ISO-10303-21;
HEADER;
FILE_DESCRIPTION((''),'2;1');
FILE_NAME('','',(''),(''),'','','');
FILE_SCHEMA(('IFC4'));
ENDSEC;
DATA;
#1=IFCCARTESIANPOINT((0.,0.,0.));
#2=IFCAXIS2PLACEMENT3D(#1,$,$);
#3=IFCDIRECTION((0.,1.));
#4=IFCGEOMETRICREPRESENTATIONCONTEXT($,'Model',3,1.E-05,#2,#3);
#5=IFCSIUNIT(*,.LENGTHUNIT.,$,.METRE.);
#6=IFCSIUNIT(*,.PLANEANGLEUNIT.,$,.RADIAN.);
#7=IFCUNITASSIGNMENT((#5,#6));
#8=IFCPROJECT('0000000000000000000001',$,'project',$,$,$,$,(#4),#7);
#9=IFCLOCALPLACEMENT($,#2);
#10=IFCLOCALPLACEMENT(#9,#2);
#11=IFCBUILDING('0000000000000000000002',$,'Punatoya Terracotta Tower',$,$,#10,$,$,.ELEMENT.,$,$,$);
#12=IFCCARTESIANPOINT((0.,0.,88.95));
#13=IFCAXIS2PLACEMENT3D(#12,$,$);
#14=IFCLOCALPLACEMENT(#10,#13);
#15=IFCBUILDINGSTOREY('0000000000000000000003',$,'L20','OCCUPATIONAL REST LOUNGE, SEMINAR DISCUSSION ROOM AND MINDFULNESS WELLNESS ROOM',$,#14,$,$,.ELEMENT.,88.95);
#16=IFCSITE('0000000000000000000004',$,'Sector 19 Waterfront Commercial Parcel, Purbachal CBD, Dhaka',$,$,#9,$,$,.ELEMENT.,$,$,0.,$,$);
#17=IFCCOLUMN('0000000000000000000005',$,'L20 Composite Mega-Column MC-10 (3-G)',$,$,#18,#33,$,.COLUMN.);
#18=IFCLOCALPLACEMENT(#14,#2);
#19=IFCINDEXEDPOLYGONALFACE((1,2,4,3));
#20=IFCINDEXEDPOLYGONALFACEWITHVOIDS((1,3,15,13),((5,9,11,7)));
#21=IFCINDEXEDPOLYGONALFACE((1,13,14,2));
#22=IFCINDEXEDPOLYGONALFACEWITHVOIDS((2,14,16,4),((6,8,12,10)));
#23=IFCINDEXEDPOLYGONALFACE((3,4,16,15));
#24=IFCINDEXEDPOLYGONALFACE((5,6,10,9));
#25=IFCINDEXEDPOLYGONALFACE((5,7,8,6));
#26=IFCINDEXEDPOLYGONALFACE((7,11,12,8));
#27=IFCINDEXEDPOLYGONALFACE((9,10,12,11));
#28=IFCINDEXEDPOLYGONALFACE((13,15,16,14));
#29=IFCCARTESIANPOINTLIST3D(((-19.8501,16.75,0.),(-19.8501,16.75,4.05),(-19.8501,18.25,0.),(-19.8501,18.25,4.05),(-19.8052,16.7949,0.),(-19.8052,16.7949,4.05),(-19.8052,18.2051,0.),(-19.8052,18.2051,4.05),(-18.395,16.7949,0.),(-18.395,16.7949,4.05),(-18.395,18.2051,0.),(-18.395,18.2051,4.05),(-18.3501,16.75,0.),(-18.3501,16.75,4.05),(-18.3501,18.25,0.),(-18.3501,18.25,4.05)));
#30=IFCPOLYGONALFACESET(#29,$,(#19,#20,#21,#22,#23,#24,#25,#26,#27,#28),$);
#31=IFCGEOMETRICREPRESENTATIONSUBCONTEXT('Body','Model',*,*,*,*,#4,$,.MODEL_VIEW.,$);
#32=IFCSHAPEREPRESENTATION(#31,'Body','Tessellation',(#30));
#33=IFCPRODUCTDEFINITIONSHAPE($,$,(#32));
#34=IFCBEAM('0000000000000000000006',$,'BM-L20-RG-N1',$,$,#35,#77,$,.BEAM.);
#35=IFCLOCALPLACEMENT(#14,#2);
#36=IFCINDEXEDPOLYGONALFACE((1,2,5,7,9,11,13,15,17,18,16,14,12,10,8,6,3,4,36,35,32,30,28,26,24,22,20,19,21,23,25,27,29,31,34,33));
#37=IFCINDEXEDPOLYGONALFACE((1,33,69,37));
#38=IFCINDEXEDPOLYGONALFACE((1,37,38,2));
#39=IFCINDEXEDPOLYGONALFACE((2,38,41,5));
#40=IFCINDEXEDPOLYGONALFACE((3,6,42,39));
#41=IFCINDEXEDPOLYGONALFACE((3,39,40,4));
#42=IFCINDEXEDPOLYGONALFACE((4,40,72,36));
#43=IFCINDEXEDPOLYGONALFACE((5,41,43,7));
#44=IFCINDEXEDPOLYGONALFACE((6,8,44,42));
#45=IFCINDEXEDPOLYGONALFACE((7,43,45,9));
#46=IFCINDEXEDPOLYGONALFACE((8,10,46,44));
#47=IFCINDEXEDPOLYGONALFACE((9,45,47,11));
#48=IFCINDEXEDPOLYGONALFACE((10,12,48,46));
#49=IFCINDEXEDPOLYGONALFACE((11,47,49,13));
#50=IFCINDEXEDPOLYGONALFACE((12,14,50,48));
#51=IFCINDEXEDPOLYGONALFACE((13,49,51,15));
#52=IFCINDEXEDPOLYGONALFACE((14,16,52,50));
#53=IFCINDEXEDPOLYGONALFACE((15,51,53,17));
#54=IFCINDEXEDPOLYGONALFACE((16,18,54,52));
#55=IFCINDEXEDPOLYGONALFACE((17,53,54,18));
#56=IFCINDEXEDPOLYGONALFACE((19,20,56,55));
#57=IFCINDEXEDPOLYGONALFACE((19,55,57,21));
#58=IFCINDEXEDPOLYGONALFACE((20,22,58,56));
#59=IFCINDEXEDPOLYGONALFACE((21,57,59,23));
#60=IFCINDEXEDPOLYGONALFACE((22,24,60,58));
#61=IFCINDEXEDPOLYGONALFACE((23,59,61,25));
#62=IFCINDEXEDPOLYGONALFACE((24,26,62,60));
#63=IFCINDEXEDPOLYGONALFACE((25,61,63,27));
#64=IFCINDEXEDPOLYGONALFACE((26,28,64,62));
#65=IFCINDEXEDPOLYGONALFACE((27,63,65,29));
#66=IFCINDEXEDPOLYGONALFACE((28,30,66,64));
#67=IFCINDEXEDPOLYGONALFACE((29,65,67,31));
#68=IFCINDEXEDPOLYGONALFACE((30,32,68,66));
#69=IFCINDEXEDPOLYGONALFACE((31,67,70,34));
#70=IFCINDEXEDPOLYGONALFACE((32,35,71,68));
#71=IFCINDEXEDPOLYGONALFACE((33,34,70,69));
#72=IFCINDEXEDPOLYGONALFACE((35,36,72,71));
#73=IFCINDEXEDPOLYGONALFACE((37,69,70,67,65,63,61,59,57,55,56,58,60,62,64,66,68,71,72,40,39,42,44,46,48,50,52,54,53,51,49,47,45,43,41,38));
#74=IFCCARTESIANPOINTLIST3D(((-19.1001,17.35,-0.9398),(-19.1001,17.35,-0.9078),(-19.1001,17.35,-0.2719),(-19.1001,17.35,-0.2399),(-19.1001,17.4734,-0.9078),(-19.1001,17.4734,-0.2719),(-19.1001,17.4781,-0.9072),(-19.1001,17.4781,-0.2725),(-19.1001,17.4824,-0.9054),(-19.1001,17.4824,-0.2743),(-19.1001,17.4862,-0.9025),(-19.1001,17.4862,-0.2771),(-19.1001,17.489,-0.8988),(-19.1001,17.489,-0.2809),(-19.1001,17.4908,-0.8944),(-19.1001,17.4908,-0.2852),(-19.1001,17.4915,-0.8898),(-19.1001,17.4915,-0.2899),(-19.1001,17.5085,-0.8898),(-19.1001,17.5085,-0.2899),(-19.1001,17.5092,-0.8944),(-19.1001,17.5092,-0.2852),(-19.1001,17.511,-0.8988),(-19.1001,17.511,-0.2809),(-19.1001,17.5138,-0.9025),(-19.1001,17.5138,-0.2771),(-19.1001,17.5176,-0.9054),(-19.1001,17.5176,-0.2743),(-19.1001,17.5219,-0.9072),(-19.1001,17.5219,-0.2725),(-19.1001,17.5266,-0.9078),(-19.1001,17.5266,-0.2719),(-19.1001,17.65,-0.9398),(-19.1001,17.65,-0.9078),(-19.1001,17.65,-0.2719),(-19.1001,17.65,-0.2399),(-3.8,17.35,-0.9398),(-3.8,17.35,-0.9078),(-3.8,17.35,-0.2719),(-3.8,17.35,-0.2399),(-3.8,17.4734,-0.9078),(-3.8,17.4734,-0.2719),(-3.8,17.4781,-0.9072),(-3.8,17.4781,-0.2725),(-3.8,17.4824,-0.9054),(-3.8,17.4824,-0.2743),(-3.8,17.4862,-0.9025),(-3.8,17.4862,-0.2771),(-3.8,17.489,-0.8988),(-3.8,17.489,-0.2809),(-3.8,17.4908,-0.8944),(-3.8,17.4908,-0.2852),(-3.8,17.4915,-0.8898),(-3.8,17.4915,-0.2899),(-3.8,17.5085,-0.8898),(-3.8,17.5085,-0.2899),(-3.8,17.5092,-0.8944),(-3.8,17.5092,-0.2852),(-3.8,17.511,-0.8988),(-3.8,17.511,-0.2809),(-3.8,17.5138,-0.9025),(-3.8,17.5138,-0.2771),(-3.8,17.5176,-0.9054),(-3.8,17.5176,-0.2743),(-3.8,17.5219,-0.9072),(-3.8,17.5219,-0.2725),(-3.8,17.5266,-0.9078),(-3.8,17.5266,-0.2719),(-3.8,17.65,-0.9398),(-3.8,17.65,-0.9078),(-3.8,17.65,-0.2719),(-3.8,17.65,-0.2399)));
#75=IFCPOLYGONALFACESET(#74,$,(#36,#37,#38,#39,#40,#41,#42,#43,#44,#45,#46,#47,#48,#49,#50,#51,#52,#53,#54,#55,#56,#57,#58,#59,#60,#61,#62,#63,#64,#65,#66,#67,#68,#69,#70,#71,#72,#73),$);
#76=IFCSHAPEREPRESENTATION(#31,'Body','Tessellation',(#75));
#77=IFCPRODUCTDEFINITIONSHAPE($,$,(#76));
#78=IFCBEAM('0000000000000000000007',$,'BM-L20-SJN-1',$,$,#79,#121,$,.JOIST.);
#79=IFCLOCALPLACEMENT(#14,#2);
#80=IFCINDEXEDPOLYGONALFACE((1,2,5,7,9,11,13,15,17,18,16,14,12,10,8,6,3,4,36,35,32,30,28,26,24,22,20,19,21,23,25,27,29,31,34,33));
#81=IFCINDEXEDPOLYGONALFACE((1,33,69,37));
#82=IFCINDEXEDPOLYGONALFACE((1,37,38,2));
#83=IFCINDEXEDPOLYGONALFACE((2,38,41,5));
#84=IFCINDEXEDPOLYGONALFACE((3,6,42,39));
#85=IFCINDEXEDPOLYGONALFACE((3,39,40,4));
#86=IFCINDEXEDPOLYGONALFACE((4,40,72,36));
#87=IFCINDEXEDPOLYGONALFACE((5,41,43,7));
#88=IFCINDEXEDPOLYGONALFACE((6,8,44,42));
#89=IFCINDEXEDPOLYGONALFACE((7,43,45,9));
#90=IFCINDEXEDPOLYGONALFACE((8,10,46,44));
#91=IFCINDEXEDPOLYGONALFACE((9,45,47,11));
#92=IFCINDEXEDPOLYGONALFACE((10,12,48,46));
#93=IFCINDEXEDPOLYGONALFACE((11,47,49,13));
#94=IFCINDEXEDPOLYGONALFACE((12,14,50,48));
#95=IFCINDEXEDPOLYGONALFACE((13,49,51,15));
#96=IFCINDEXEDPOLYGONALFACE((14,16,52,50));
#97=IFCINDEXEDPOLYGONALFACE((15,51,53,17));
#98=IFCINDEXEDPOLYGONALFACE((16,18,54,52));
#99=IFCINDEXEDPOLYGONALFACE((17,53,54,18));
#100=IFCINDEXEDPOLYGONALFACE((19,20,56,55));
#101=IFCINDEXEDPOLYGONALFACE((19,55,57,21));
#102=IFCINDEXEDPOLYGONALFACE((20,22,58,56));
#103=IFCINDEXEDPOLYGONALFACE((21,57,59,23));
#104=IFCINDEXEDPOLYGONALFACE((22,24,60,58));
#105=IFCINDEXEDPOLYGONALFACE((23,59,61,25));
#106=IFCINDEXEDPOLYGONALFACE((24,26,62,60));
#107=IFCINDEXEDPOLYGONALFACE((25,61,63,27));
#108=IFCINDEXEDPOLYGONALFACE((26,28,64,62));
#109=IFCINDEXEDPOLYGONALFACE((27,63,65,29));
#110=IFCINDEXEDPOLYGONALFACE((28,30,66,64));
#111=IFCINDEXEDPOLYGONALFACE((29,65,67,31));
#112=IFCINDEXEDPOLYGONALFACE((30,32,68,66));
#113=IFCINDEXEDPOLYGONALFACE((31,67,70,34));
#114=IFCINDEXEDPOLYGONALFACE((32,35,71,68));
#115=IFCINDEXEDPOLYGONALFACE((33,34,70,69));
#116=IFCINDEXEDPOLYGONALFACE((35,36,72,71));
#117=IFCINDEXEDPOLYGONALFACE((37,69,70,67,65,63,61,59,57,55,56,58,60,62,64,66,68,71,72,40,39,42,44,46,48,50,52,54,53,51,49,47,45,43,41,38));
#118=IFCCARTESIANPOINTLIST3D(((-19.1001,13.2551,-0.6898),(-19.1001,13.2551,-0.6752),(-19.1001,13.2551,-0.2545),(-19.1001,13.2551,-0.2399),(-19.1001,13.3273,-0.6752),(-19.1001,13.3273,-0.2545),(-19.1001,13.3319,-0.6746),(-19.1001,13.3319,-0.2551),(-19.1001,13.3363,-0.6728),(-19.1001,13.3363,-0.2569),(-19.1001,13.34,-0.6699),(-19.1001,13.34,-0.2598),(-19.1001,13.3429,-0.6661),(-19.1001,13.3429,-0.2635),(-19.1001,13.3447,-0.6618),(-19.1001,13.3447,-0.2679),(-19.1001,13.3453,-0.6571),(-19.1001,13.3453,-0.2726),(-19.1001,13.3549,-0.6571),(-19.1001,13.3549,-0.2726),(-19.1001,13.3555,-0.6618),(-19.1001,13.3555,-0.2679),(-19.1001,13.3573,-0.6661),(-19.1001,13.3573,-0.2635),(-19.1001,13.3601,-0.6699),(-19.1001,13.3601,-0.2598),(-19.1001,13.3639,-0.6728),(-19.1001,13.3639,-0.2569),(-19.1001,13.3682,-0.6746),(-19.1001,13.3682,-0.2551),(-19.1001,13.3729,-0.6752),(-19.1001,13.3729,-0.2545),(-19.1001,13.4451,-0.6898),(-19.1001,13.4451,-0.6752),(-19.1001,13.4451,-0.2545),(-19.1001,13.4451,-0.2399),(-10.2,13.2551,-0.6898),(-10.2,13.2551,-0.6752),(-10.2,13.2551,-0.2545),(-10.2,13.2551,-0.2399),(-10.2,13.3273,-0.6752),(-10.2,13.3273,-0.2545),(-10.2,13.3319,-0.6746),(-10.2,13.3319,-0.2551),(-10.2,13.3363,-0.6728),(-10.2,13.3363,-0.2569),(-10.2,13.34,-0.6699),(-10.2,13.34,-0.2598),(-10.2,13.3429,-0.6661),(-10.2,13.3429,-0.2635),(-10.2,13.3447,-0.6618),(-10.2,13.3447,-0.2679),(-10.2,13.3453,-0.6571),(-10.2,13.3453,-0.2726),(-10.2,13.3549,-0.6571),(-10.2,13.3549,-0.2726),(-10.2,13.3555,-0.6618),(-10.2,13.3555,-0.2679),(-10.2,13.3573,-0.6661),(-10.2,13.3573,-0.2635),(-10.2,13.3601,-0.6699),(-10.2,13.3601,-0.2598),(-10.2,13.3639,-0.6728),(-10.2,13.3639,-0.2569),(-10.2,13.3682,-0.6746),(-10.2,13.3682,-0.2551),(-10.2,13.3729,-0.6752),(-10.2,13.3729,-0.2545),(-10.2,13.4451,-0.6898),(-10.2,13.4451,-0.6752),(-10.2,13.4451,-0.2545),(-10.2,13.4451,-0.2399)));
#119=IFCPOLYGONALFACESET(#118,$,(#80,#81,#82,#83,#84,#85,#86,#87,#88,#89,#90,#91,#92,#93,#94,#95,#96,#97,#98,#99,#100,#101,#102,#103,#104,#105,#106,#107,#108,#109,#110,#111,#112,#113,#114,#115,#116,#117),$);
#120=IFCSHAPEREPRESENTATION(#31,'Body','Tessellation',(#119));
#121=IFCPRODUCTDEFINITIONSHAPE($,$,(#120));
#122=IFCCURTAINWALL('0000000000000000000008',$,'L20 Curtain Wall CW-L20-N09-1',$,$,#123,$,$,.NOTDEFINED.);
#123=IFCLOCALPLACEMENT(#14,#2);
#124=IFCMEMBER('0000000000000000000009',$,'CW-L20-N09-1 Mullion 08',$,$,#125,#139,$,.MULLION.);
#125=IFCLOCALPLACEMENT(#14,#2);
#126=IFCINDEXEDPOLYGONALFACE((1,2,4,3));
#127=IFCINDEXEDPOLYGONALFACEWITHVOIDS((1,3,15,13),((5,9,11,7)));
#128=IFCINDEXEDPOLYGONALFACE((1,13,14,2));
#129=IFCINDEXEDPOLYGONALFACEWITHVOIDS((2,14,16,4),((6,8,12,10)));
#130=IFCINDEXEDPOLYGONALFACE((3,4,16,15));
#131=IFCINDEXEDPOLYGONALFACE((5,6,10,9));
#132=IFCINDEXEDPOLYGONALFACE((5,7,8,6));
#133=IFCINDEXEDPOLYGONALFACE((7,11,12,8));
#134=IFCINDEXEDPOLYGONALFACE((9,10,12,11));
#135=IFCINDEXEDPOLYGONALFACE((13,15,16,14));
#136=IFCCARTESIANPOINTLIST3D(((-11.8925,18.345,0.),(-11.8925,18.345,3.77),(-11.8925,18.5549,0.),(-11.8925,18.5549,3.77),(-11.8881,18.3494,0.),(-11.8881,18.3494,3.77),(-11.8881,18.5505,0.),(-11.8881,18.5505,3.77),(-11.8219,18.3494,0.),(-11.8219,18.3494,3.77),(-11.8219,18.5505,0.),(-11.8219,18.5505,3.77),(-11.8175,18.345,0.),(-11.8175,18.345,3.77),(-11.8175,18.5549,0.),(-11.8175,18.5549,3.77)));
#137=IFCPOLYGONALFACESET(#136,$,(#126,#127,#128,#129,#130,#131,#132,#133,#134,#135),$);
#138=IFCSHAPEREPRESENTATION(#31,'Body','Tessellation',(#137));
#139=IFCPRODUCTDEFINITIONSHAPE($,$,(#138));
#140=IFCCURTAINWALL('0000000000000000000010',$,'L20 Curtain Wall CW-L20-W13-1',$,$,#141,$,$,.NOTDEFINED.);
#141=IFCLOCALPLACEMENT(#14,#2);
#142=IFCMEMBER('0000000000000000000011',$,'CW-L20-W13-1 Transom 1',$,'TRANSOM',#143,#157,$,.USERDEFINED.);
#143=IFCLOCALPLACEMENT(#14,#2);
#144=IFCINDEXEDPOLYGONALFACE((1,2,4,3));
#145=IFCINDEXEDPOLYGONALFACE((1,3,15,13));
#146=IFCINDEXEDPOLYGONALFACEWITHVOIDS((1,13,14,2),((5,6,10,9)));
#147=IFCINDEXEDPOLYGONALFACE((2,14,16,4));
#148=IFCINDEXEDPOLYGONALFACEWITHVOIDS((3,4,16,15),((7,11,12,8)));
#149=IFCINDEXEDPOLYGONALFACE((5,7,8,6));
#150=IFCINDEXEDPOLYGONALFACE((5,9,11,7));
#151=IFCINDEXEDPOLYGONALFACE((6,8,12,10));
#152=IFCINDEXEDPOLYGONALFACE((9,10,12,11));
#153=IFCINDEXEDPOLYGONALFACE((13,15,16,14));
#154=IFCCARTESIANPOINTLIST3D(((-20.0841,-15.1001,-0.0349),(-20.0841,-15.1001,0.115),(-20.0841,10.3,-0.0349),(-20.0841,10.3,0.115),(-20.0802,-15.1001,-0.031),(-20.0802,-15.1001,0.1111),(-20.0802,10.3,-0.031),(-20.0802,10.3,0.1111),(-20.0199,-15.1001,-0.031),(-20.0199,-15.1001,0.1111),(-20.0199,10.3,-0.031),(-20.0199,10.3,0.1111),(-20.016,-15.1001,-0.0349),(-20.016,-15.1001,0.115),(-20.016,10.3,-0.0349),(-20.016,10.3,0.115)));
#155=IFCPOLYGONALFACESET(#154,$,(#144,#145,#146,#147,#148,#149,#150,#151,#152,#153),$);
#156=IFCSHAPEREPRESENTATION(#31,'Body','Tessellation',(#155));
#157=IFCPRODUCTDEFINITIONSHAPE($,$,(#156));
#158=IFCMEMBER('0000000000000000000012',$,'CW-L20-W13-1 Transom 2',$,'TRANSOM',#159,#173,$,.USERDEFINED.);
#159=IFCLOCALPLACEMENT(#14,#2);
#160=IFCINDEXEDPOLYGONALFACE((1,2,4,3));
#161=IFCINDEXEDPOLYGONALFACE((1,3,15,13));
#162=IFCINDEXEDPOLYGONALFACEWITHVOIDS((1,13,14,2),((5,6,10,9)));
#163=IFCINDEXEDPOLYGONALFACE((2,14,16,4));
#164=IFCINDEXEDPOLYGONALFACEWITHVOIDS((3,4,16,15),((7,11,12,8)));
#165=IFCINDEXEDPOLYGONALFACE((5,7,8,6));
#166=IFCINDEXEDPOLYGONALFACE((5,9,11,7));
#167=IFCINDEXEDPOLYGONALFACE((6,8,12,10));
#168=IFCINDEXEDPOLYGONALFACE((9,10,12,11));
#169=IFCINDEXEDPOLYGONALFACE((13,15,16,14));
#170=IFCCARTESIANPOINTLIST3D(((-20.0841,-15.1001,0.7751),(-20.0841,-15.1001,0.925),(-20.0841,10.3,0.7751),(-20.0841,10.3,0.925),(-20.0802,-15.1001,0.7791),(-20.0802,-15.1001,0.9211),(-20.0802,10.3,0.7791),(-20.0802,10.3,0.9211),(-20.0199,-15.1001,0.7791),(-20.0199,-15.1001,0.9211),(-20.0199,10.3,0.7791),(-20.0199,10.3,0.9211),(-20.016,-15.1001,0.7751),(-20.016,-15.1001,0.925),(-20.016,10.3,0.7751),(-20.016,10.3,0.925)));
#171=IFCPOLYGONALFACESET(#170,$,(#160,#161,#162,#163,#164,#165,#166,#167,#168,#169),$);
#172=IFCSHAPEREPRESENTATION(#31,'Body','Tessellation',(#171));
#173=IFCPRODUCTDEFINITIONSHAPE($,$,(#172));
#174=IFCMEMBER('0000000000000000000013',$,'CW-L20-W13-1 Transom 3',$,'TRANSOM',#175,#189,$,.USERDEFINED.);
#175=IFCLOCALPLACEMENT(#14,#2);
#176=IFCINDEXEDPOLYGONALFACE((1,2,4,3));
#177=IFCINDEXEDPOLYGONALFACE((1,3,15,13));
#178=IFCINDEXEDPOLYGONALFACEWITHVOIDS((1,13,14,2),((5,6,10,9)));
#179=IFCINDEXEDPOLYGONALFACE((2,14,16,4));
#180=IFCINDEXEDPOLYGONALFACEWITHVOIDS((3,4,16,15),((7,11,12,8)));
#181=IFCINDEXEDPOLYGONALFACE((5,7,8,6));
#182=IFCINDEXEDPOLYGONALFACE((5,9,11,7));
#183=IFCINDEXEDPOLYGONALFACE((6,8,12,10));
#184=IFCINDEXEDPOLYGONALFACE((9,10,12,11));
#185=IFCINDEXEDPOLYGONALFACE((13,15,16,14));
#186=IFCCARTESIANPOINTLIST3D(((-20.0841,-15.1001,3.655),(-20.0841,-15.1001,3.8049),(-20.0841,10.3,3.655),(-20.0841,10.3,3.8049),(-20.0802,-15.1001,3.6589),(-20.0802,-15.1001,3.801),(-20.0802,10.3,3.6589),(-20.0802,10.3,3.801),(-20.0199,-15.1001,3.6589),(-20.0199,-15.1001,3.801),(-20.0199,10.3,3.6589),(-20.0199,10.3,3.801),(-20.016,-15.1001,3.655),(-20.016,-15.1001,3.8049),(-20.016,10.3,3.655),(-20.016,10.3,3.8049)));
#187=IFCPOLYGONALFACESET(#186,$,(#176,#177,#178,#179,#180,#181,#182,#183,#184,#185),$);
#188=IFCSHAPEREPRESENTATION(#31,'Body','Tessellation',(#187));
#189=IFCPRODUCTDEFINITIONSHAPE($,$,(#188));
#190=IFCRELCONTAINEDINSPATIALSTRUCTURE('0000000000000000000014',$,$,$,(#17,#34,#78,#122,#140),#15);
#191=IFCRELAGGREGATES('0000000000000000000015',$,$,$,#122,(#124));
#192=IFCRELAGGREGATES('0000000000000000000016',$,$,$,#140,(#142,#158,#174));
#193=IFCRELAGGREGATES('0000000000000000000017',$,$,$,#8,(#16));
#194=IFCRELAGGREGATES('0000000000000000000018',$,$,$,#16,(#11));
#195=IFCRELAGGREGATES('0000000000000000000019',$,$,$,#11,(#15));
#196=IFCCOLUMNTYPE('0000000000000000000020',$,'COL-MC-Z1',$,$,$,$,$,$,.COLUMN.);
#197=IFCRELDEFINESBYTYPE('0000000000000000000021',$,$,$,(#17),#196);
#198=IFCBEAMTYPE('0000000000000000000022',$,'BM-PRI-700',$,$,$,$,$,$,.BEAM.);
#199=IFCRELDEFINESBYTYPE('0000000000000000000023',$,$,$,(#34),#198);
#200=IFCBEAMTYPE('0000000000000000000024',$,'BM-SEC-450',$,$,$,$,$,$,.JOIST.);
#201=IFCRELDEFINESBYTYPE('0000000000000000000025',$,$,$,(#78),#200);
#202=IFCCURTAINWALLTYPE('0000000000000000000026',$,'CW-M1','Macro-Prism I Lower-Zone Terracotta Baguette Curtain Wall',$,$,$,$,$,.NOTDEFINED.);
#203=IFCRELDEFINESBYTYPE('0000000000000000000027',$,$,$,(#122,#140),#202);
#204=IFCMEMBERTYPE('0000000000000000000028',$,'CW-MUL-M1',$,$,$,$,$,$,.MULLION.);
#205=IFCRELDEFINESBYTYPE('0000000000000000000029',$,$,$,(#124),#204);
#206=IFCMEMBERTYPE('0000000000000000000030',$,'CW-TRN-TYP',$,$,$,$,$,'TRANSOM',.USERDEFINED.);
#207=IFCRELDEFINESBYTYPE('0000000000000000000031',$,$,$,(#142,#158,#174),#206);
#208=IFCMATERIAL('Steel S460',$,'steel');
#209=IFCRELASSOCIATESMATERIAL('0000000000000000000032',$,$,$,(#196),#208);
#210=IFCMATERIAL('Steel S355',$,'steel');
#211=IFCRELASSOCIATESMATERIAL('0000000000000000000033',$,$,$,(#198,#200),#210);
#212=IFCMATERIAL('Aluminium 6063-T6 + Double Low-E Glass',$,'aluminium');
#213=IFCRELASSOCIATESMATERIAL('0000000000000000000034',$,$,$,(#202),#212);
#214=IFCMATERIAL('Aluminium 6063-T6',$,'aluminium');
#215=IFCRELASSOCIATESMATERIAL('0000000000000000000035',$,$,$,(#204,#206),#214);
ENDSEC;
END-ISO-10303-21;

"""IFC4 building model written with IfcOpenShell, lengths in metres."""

from ifc_helpers import new_model, si_unit, direction, frame, origin, origin_2d, place, context, subcontext, project, spatial, hollow_rectangle, i_section, extrude, material, material_profile, profile_set, type_object, element, aggregate, save


model = new_model("IFC4")

# Units and contexts
model_context = context("Model", 3, precision=1e-05, world=origin(), true_north=direction((0.0, 1.0)))
body_context = subcontext(model_context, "Body", "Model", "MODEL_VIEW")
ifc_project = project(units=[si_unit("LENGTHUNIT", "METRE"), si_unit("PLANEANGLEUNIT", "RADIAN")], contexts=[model_context])

# Site, building, storey
site_placement = place(None, origin())
site = spatial("IfcSite", under=ifc_project, at=site_placement, Name="Sector 19 Waterfront Commercial Parcel, Purbachal CBD, Dhaka", CompositionType="ELEMENT", RefElevation=0.0)
building_placement = place(site_placement, origin())
building = spatial("IfcBuilding", under=site, at=building_placement, Name="Punatoya Terracotta Tower", CompositionType="ELEMENT")
storey_placement = place(building_placement, frame((0.0, 0.0, 88.95)))
storey = spatial("IfcBuildingStorey", under=building, at=storey_placement, Name="L20", Description="OCCUPATIONAL REST LOUNGE, SEMINAR DISCUSSION ROOM AND MINDFULNESS WELLNESS ROOM", CompositionType="ELEMENT", Elevation=88.95)

# Column
ifc_material_1 = material(Name="Steel S460", Category="steel")
ifc_material_profile_1 = material_profile(ifc_material_1, hollow_rectangle(XDim=1.5, YDim=1.5, WallThickness=0.0449, at=origin_2d()))
ifc_profile_set_1 = profile_set([ifc_material_profile_1], Name="Steel S460")
column_type = type_object("IfcColumnType", Name="COL-MC-Z1", PredefinedType="COLUMN", material=ifc_profile_set_1)
column_placement = place(storey_placement, frame((-19.1001, 17.5, 0.0), z_axis=(0.0, 0.0, 1.0), x_axis=(1.0, 0.0, 0.0)))
element("IfcColumn", 1, at=column_placement, inside=storey, type_object=column_type, Name="L20 Composite Mega-Column MC-10 (3-G)", PredefinedType="COLUMN", context=body_context, shape_type="SweptSolid", body=[
    extrude(hollow_rectangle(XDim=1.5, YDim=1.5, WallThickness=0.0449, at=origin_2d()), origin(), (0.0, 0.0, 1.0), 4.05),
])

# Beams
ifc_material_2 = material(Name="Steel S355", Category="steel")
ifc_material_profile_2 = material_profile(ifc_material_2, i_section(OverallWidth=0.3, OverallDepth=0.7, WebThickness=0.0171, FlangeThickness=0.032, FilletRadius=0.0181, at=origin_2d()))
ifc_profile_set_2 = profile_set([ifc_material_profile_2], Name="Steel S355")
beam_type_1 = type_object("IfcBeamType", Name="BM-PRI-700", PredefinedType="BEAM", material=ifc_profile_set_2)
beam_1_placement = place(storey_placement, frame((-19.1001, 17.5, -0.5898), z_axis=(1.0, 0.0, 0.0), x_axis=(0.0, 1.0, 0.0)))
element("IfcBeam", 2, at=beam_1_placement, inside=storey, type_object=beam_type_1, Name="BM-L20-RG-N1", PredefinedType="BEAM", context=body_context, shape_type="SweptSolid", body=[
    extrude(i_section(OverallWidth=0.3, OverallDepth=0.7, WebThickness=0.0171, FlangeThickness=0.032, FilletRadius=0.0181, at=origin_2d()), origin(), (0.0, 0.0, 1.0), 15.3),
])
ifc_material_profile_3 = material_profile(ifc_material_2, i_section(OverallWidth=0.1899, OverallDepth=0.45, WebThickness=0.0095, FlangeThickness=0.0146, FilletRadius=0.0181, at=origin_2d()))
ifc_profile_set_3 = profile_set([ifc_material_profile_3], Name="Steel S355")
beam_type_2 = type_object("IfcBeamType", Name="BM-SEC-450", PredefinedType="JOIST", material=ifc_profile_set_3)
beam_2_placement = place(storey_placement, frame((-19.1001, 13.3501, -0.4648), z_axis=(1.0, 0.0, 0.0), x_axis=(0.0, 1.0, 0.0)))
element("IfcBeam", 3, at=beam_2_placement, inside=storey, type_object=beam_type_2, Name="BM-L20-SJN-1", PredefinedType="JOIST", context=body_context, shape_type="SweptSolid", body=[
    extrude(i_section(OverallWidth=0.1899, OverallDepth=0.45, WebThickness=0.0095, FlangeThickness=0.0146, FilletRadius=0.0181, at=origin_2d()), origin(), (0.0, 0.0, 1.0), 8.9001),
])

# Curtain wall, member
ifc_material_3 = material(Name="Aluminium 6063-T6 + Double Low-E Glass", Category="aluminium")
curtain_wall_type = type_object("IfcCurtainWallType", Name="CW-M1", Description="Macro-Prism I Lower-Zone Terracotta Baguette Curtain Wall", PredefinedType="NOTDEFINED", material=ifc_material_3)
curtain_wall_1_placement = place(storey_placement, origin())
curtain_wall_1 = element("IfcCurtainWall", 4, at=curtain_wall_1_placement, inside=storey, type_object=curtain_wall_type, Name="L20 Curtain Wall CW-L20-N09-1", PredefinedType="NOTDEFINED")
ifc_material_4 = material(Name="Aluminium 6063-T6", Category="aluminium")
ifc_material_profile_4 = material_profile(ifc_material_4, hollow_rectangle(XDim=0.075, YDim=0.21, WallThickness=0.0044, at=origin_2d()))
ifc_profile_set_4 = profile_set([ifc_material_profile_4], Name="Aluminium 6063-T6")
member_type_1 = type_object("IfcMemberType", Name="CW-MUL-M1", PredefinedType="MULLION", material=ifc_profile_set_4)
member_1_placement = place(storey_placement, frame((-11.855, 18.45, 0.0), z_axis=(0.0, 0.0, 1.0), x_axis=(1.0, 0.0, 0.0)))
member_1 = element("IfcMember", 5, at=member_1_placement, type_object=member_type_1, Name="CW-L20-N09-1 Mullion 08", PredefinedType="MULLION", context=body_context, shape_type="SweptSolid", body=[
    extrude(hollow_rectangle(XDim=0.075, YDim=0.21, WallThickness=0.0044, at=origin_2d()), origin(), (0.0, 0.0, 1.0), 3.77),
])
aggregate(curtain_wall_1, [member_1])

# Curtain wall, members
curtain_wall_2_placement = place(storey_placement, origin())
curtain_wall_2 = element("IfcCurtainWall", 6, at=curtain_wall_2_placement, inside=storey, type_object=curtain_wall_type, Name="L20 Curtain Wall CW-L20-W13-1", PredefinedType="NOTDEFINED")
ifc_material_profile_5 = material_profile(ifc_material_4, hollow_rectangle(XDim=0.0681, YDim=0.1499, WallThickness=0.0039, at=origin_2d()))
ifc_profile_set_5 = profile_set([ifc_material_profile_5], Name="Aluminium 6063-T6")
member_type_2 = type_object("IfcMemberType", Name="CW-TRN-TYP", ElementType="TRANSOM", PredefinedType="USERDEFINED", material=ifc_profile_set_5)
member_2_placement = place(storey_placement, frame((-20.05, 10.3, 0.04), z_axis=(0.0, -1.0, 0.0), x_axis=(1.0, 0.0, 0.0)))
member_2 = element("IfcMember", 7, at=member_2_placement, type_object=member_type_2, Name="CW-L20-W13-1 Transom 1", ObjectType="TRANSOM", PredefinedType="USERDEFINED", context=body_context, shape_type="SweptSolid", body=[
    extrude(hollow_rectangle(XDim=0.0681, YDim=0.1499, WallThickness=0.0039, at=origin_2d()), origin(), (0.0, 0.0, 1.0), 25.4001),
])
member_3_placement = place(storey_placement, frame((-20.05, 10.3, 0.8501), z_axis=(0.0, -1.0, 0.0), x_axis=(1.0, 0.0, 0.0)))
member_3 = element("IfcMember", 8, at=member_3_placement, type_object=member_type_2, Name="CW-L20-W13-1 Transom 2", ObjectType="TRANSOM", PredefinedType="USERDEFINED", context=body_context, shape_type="SweptSolid", body=[
    extrude(hollow_rectangle(XDim=0.0681, YDim=0.1499, WallThickness=0.0039, at=origin_2d()), origin(), (0.0, 0.0, 1.0), 25.4001),
])
member_4_placement = place(storey_placement, frame((-20.05, 10.3, 3.73), z_axis=(0.0, -1.0, 0.0), x_axis=(1.0, 0.0, 0.0)))
member_4 = element("IfcMember", 9, at=member_4_placement, type_object=member_type_2, Name="CW-L20-W13-1 Transom 3", ObjectType="TRANSOM", PredefinedType="USERDEFINED", context=body_context, shape_type="SweptSolid", body=[
    extrude(hollow_rectangle(XDim=0.0681, YDim=0.1499, WallThickness=0.0039, at=origin_2d()), origin(), (0.0, 0.0, 1.0), 25.4001),
])
aggregate(curtain_wall_2, [member_2, member_3, member_4])

save(model, "model.ifc")
